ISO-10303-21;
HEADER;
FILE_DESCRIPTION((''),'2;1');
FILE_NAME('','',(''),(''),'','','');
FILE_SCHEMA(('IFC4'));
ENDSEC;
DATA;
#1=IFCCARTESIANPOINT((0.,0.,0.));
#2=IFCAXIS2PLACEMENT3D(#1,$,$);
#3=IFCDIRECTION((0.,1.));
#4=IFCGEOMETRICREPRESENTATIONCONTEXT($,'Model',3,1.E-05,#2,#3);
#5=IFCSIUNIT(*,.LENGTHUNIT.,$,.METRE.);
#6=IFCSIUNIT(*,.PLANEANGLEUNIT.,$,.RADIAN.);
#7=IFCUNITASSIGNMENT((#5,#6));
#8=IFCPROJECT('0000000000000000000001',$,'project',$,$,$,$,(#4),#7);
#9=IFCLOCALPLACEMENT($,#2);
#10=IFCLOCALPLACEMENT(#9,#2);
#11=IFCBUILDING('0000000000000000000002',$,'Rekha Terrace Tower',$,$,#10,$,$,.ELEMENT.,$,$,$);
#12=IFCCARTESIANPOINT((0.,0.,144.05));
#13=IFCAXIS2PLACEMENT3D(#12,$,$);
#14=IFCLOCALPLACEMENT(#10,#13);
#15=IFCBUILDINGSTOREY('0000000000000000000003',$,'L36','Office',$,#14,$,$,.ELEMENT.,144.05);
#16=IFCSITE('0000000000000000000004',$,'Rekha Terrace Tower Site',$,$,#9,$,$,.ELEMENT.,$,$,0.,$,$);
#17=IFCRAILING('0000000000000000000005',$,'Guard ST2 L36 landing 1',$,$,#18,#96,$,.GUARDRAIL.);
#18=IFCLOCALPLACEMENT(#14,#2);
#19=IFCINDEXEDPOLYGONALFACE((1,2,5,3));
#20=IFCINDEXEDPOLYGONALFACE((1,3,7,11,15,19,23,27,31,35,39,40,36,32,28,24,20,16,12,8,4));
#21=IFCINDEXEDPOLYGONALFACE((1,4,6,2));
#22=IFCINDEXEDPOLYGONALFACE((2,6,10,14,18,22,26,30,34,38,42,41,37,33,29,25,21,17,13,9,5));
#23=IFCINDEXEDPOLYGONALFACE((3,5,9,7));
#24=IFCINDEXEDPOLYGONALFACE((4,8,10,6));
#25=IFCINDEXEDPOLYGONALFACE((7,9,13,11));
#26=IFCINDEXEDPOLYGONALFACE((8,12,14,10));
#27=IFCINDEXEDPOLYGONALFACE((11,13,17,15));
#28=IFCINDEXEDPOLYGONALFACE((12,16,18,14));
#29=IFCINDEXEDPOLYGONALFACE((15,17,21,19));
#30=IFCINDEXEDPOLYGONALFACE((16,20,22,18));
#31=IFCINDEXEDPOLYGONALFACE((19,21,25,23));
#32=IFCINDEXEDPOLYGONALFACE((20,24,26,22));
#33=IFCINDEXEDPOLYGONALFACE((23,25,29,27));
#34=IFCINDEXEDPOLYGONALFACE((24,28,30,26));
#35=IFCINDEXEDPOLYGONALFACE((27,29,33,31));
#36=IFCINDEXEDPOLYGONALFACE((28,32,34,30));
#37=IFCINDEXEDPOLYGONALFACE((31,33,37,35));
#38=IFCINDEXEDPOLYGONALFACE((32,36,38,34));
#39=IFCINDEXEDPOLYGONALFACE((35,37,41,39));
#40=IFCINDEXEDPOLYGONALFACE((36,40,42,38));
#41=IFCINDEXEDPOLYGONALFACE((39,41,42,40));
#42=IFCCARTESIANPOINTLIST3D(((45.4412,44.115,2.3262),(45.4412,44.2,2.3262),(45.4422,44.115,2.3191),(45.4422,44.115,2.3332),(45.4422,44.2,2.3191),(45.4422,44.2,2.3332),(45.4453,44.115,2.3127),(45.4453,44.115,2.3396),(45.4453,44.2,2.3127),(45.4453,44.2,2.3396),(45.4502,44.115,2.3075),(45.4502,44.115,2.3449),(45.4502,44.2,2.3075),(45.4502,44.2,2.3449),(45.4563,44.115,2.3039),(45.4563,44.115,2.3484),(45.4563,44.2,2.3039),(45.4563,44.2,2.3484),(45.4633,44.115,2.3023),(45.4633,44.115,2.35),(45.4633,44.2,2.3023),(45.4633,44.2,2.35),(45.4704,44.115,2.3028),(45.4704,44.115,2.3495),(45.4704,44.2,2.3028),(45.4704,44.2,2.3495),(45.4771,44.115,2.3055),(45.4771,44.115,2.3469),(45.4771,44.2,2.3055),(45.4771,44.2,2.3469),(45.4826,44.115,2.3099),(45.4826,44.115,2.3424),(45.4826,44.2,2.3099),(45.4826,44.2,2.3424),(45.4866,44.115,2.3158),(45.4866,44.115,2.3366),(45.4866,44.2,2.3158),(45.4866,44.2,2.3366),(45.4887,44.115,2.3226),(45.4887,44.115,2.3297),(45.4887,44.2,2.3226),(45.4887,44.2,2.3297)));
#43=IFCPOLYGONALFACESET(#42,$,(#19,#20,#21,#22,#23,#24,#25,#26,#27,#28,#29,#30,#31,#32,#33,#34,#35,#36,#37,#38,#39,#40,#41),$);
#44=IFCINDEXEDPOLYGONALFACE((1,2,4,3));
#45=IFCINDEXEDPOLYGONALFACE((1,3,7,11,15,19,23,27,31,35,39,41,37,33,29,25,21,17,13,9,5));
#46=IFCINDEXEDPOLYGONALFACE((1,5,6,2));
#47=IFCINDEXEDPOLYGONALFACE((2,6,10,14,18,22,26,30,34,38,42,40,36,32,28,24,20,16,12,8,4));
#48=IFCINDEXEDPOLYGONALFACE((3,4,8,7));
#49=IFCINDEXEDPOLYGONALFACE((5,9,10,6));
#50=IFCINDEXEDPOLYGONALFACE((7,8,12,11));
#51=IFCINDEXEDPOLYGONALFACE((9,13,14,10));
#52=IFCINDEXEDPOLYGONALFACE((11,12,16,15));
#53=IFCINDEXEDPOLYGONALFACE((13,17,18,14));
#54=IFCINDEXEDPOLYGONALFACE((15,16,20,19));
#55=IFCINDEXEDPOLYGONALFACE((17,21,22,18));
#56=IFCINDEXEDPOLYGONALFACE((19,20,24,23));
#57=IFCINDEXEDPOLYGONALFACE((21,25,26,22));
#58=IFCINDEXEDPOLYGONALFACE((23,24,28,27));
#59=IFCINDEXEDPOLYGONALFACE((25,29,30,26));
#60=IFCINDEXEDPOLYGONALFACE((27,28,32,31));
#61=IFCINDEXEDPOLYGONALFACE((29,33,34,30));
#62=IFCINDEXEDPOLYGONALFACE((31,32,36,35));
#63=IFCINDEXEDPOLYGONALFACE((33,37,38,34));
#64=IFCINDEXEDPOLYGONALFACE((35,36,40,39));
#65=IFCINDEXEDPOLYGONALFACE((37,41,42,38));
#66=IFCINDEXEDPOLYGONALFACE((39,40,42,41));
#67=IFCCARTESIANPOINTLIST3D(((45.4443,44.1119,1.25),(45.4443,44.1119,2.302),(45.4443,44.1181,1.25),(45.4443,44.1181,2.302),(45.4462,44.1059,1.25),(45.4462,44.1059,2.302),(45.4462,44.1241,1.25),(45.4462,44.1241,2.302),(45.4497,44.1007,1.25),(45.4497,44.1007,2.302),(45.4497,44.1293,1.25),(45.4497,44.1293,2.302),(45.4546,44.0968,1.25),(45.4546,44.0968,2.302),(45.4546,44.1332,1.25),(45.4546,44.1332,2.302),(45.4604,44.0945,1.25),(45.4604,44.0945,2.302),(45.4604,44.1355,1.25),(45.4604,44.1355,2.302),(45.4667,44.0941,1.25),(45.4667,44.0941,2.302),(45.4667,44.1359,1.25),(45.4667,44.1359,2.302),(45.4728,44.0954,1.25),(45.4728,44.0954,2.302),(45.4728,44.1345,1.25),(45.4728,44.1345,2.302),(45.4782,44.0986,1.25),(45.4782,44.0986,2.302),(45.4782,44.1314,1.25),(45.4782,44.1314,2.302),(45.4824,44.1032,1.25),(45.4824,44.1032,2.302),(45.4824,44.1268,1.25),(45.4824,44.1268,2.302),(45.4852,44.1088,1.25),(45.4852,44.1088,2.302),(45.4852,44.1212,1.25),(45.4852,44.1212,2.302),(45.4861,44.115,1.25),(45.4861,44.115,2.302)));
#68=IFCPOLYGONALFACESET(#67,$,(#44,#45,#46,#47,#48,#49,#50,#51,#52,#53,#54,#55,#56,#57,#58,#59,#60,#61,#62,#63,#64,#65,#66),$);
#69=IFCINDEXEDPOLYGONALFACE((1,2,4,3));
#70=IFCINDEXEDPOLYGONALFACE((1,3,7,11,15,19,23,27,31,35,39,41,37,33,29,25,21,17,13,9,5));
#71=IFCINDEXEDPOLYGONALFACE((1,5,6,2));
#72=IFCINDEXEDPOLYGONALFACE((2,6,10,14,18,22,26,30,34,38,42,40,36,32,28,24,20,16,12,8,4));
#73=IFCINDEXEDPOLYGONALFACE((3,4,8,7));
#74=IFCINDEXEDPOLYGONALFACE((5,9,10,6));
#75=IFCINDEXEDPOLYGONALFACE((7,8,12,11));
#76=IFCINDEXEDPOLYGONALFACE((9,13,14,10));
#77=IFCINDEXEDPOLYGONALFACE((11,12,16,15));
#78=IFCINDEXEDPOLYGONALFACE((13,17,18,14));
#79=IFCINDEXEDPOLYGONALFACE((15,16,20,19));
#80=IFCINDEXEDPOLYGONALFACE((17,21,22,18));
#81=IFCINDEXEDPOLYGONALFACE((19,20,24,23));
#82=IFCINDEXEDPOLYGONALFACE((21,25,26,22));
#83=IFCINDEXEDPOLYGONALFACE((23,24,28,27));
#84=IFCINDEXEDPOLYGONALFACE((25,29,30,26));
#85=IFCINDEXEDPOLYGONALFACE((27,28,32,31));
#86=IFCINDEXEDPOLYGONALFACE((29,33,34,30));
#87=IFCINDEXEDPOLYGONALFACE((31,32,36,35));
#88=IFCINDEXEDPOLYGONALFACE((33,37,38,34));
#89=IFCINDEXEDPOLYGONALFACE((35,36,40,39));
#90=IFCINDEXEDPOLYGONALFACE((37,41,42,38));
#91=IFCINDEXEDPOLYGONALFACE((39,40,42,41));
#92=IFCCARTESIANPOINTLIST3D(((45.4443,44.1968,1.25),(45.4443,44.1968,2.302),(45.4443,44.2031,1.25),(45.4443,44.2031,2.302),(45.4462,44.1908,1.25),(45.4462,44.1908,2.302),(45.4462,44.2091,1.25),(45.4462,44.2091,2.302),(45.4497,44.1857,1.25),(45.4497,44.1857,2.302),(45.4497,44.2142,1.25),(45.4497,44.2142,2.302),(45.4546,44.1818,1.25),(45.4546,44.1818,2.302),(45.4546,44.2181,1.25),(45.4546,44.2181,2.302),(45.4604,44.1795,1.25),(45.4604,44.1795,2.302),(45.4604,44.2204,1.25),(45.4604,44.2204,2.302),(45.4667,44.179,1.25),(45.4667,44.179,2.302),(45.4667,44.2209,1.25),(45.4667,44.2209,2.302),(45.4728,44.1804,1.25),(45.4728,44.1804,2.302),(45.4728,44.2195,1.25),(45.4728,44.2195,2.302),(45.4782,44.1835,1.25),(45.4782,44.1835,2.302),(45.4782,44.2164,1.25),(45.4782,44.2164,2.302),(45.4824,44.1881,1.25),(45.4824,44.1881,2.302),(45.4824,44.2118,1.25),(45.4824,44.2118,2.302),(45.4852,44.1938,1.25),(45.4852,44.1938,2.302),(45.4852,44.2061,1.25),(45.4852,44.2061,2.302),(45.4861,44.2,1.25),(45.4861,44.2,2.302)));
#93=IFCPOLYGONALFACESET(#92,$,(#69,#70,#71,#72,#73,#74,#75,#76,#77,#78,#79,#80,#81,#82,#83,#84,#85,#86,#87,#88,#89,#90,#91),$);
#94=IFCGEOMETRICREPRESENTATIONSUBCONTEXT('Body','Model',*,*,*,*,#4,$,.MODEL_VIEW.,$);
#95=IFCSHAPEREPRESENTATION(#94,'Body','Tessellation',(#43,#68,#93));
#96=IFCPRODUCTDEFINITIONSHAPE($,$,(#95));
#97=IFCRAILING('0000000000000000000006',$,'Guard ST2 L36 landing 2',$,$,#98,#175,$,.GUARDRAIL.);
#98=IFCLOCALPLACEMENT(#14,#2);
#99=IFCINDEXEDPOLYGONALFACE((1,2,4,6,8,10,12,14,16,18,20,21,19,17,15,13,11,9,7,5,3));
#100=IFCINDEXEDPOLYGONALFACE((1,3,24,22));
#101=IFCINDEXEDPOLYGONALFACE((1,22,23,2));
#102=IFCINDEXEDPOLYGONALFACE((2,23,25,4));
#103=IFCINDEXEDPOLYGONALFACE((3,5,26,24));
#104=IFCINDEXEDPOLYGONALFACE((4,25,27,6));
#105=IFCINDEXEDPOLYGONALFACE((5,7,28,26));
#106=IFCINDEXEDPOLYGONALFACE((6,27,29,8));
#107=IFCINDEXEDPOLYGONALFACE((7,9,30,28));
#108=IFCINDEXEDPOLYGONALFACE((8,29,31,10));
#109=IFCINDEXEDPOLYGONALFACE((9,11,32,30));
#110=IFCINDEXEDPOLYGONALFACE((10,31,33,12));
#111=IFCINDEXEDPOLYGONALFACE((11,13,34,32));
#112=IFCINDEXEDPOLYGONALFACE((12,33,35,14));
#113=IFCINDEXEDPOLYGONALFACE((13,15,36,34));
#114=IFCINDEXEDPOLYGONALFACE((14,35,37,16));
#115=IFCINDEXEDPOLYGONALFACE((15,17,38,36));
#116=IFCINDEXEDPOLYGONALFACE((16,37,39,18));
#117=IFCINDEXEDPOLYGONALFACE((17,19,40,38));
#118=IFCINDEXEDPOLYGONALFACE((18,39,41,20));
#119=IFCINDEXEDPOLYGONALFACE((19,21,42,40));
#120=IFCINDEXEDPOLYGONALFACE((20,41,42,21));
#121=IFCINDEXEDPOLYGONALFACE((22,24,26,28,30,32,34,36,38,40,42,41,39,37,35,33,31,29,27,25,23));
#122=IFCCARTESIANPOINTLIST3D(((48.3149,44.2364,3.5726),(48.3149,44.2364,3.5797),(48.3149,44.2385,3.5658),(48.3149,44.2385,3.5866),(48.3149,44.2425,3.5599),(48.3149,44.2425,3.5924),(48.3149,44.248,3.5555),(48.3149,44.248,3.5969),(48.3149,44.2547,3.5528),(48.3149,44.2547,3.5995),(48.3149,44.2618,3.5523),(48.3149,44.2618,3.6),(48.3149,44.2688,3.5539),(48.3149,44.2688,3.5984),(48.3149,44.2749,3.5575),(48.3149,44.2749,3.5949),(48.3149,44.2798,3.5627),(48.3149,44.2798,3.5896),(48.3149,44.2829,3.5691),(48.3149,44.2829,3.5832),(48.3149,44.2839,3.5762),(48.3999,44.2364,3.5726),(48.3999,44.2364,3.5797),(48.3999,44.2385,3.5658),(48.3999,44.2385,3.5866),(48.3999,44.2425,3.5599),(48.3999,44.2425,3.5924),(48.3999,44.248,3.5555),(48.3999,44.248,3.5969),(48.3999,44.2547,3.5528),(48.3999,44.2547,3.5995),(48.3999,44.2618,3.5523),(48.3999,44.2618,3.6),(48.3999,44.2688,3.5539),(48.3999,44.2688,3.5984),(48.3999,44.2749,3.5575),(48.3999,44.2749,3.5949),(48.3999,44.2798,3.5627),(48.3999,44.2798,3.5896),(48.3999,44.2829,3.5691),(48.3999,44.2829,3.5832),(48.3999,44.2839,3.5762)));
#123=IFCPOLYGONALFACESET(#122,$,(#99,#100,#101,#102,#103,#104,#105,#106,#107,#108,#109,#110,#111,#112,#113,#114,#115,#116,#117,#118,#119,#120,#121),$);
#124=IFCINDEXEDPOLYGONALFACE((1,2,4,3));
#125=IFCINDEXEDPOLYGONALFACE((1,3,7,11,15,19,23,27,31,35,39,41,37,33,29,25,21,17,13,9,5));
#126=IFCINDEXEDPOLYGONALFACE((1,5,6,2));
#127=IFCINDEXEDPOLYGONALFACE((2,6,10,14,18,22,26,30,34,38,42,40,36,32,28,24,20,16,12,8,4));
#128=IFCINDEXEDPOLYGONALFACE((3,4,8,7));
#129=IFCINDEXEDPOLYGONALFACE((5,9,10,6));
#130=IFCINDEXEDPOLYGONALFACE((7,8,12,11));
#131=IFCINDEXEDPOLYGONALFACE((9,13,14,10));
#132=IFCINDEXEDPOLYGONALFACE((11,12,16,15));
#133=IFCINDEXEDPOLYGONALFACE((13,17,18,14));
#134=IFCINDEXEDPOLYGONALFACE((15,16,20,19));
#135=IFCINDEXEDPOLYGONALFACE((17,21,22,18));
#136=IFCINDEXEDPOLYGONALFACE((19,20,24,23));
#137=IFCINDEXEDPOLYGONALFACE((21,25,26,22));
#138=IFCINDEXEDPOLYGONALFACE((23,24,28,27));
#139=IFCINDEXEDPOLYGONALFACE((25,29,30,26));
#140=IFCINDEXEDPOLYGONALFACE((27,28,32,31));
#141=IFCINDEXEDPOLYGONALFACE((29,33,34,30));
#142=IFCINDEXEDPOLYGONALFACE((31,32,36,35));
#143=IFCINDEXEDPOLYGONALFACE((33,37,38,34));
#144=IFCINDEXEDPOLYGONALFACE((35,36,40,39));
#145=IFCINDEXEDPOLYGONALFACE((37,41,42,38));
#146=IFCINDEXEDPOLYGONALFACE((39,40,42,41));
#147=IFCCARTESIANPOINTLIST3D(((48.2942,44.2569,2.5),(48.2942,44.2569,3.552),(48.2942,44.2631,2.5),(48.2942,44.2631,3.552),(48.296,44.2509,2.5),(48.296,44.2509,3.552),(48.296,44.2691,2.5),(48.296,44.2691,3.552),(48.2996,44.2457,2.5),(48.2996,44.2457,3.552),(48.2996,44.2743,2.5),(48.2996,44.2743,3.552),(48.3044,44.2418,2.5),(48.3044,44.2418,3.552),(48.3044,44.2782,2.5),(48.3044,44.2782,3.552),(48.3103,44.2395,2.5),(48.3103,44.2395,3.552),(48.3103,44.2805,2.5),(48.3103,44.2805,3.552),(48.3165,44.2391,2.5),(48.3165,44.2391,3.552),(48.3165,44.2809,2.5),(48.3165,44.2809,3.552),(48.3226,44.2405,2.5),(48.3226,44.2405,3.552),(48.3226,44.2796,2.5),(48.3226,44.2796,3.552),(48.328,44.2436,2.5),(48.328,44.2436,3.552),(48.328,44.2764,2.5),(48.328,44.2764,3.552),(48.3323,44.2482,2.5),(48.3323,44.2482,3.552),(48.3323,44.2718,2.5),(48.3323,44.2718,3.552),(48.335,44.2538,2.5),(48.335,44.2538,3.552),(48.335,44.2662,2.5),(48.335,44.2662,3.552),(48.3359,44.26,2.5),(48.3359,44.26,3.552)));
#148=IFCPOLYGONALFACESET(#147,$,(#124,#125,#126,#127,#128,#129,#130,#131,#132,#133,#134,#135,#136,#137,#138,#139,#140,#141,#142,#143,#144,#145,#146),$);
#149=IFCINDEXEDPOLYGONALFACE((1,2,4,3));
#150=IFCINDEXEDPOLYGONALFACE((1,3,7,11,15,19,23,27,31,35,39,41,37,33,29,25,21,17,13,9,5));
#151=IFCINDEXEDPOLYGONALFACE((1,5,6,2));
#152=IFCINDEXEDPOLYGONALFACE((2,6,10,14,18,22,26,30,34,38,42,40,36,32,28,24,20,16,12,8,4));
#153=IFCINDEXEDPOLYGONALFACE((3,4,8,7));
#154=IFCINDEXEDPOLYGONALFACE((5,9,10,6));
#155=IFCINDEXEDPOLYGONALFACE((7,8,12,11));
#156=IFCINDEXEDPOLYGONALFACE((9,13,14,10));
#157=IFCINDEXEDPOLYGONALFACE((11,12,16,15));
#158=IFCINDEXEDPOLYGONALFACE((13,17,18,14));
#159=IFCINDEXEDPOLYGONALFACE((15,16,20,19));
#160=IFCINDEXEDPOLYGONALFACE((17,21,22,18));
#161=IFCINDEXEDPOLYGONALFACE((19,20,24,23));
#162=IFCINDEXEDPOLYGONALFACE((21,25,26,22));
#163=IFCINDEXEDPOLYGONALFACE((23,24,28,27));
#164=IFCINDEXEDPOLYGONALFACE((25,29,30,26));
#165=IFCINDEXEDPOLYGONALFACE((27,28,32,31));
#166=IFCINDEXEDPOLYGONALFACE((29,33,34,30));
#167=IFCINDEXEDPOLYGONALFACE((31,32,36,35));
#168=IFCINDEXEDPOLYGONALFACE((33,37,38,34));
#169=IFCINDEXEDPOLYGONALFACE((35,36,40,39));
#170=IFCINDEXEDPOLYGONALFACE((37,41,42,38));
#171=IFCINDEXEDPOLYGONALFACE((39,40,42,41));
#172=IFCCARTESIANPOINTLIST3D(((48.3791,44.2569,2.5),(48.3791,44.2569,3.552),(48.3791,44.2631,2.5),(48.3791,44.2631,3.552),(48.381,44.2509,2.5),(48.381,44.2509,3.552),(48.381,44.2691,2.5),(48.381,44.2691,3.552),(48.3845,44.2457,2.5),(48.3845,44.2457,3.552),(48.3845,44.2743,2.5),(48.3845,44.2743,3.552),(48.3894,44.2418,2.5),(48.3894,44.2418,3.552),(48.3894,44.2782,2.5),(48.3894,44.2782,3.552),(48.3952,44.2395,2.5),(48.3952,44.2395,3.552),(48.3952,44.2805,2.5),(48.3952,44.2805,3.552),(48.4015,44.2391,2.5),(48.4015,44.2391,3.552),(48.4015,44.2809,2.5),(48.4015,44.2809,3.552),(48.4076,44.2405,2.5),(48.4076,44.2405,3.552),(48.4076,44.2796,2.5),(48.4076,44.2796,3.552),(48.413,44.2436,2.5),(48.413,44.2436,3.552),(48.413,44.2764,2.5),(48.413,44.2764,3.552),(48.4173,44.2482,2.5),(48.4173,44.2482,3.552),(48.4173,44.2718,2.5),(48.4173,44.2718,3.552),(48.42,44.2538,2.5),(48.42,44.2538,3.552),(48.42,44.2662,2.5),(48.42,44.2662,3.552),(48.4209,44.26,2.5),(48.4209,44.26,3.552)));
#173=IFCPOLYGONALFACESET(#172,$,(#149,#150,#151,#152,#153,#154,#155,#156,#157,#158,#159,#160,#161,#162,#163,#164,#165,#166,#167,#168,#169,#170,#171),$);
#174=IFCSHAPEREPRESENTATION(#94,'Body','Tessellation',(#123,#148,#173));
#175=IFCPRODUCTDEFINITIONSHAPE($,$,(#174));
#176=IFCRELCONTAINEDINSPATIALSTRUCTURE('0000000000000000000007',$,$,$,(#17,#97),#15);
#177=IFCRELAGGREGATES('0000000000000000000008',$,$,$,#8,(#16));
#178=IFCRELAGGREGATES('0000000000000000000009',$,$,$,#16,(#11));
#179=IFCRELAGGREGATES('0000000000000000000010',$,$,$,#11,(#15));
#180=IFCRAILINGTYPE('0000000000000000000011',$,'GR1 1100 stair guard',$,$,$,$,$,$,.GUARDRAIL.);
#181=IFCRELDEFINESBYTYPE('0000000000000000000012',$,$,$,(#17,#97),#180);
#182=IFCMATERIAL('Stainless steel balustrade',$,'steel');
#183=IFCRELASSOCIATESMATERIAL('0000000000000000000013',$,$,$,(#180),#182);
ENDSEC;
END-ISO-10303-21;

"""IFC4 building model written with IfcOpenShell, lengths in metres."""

from ifc_helpers import new_model, si_unit, direction, frame, origin, origin_2d, place, context, subcontext, project, spatial, circle, extrude, material, type_object, element, save


model = new_model("IFC4")

# Units and contexts
model_context = context("Model", 3, precision=1e-05, world=origin(), true_north=direction((0.0, 1.0)))
body_context = subcontext(model_context, "Body", "Model", "MODEL_VIEW")
ifc_project = project(units=[si_unit("LENGTHUNIT", "METRE"), si_unit("PLANEANGLEUNIT", "RADIAN")], contexts=[model_context])

# Site, building, storey
site_placement = place(None, origin())
site = spatial("IfcSite", under=ifc_project, at=site_placement, Name="Rekha Terrace Tower Site", CompositionType="ELEMENT", RefElevation=0.0)
building_placement = place(site_placement, origin())
building = spatial("IfcBuilding", under=site, at=building_placement, Name="Rekha Terrace Tower", CompositionType="ELEMENT")
storey_placement = place(building_placement, frame((0.0, 0.0, 144.05)))
storey = spatial("IfcBuildingStorey", under=building, at=storey_placement, Name="L36", Description="Office", CompositionType="ELEMENT", Elevation=144.05)

# Railings
ifc_material_1 = material(Name="Stainless steel balustrade", Category="steel")
railing_type_1 = type_object("IfcRailingType", Name="GR1 1100 stair guard", PredefinedType="GUARDRAIL", material=ifc_material_1)
railing_1_placement = place(storey_placement, frame((45.4651, 44.115, 1.25)))
element("IfcRailing", 1, at=railing_1_placement, inside=storey, type_object=railing_type_1, Name="Guard ST2 L36 landing 1", PredefinedType="GUARDRAIL", context=body_context, shape_type="SweptSolid", body=[
    extrude(circle(Radius=0.0239, at=origin_2d()), frame((0.0, 0.0, 1.0762), z_axis=(0.0, 1.0, 0.0), x_axis=(-1.0, 0.0, 0.0)), (0.0, 0.0, 1.0), 0.085),
    extrude(circle(Radius=0.021, at=origin_2d()), origin(), (0.0, 0.0, 1.0), 1.052),
    extrude(circle(Radius=0.021, at=origin_2d()), frame((0.0, 0.085, 0.0)), (0.0, 0.0, 1.0), 1.052),
])
railing_2_placement = place(storey_placement, frame((48.3149, 44.26, 2.5)))
element("IfcRailing", 2, at=railing_2_placement, inside=storey, type_object=railing_type_1, Name="Guard ST2 L36 landing 2", PredefinedType="GUARDRAIL", context=body_context, shape_type="SweptSolid", body=[
    extrude(circle(Radius=0.0239, at=origin_2d()), frame((0.0, 0.0, 1.0762), z_axis=(1.0, 0.0, 0.0), x_axis=(0.0, 1.0, 0.0)), (0.0, 0.0, 1.0), 0.085),
    extrude(circle(Radius=0.021, at=origin_2d()), origin(), (0.0, 0.0, 1.0), 1.052),
    extrude(circle(Radius=0.021, at=origin_2d()), frame((0.085, 0.0, 0.0)), (0.0, 0.0, 1.0), 1.052),
])

save(model, "model.ifc")
